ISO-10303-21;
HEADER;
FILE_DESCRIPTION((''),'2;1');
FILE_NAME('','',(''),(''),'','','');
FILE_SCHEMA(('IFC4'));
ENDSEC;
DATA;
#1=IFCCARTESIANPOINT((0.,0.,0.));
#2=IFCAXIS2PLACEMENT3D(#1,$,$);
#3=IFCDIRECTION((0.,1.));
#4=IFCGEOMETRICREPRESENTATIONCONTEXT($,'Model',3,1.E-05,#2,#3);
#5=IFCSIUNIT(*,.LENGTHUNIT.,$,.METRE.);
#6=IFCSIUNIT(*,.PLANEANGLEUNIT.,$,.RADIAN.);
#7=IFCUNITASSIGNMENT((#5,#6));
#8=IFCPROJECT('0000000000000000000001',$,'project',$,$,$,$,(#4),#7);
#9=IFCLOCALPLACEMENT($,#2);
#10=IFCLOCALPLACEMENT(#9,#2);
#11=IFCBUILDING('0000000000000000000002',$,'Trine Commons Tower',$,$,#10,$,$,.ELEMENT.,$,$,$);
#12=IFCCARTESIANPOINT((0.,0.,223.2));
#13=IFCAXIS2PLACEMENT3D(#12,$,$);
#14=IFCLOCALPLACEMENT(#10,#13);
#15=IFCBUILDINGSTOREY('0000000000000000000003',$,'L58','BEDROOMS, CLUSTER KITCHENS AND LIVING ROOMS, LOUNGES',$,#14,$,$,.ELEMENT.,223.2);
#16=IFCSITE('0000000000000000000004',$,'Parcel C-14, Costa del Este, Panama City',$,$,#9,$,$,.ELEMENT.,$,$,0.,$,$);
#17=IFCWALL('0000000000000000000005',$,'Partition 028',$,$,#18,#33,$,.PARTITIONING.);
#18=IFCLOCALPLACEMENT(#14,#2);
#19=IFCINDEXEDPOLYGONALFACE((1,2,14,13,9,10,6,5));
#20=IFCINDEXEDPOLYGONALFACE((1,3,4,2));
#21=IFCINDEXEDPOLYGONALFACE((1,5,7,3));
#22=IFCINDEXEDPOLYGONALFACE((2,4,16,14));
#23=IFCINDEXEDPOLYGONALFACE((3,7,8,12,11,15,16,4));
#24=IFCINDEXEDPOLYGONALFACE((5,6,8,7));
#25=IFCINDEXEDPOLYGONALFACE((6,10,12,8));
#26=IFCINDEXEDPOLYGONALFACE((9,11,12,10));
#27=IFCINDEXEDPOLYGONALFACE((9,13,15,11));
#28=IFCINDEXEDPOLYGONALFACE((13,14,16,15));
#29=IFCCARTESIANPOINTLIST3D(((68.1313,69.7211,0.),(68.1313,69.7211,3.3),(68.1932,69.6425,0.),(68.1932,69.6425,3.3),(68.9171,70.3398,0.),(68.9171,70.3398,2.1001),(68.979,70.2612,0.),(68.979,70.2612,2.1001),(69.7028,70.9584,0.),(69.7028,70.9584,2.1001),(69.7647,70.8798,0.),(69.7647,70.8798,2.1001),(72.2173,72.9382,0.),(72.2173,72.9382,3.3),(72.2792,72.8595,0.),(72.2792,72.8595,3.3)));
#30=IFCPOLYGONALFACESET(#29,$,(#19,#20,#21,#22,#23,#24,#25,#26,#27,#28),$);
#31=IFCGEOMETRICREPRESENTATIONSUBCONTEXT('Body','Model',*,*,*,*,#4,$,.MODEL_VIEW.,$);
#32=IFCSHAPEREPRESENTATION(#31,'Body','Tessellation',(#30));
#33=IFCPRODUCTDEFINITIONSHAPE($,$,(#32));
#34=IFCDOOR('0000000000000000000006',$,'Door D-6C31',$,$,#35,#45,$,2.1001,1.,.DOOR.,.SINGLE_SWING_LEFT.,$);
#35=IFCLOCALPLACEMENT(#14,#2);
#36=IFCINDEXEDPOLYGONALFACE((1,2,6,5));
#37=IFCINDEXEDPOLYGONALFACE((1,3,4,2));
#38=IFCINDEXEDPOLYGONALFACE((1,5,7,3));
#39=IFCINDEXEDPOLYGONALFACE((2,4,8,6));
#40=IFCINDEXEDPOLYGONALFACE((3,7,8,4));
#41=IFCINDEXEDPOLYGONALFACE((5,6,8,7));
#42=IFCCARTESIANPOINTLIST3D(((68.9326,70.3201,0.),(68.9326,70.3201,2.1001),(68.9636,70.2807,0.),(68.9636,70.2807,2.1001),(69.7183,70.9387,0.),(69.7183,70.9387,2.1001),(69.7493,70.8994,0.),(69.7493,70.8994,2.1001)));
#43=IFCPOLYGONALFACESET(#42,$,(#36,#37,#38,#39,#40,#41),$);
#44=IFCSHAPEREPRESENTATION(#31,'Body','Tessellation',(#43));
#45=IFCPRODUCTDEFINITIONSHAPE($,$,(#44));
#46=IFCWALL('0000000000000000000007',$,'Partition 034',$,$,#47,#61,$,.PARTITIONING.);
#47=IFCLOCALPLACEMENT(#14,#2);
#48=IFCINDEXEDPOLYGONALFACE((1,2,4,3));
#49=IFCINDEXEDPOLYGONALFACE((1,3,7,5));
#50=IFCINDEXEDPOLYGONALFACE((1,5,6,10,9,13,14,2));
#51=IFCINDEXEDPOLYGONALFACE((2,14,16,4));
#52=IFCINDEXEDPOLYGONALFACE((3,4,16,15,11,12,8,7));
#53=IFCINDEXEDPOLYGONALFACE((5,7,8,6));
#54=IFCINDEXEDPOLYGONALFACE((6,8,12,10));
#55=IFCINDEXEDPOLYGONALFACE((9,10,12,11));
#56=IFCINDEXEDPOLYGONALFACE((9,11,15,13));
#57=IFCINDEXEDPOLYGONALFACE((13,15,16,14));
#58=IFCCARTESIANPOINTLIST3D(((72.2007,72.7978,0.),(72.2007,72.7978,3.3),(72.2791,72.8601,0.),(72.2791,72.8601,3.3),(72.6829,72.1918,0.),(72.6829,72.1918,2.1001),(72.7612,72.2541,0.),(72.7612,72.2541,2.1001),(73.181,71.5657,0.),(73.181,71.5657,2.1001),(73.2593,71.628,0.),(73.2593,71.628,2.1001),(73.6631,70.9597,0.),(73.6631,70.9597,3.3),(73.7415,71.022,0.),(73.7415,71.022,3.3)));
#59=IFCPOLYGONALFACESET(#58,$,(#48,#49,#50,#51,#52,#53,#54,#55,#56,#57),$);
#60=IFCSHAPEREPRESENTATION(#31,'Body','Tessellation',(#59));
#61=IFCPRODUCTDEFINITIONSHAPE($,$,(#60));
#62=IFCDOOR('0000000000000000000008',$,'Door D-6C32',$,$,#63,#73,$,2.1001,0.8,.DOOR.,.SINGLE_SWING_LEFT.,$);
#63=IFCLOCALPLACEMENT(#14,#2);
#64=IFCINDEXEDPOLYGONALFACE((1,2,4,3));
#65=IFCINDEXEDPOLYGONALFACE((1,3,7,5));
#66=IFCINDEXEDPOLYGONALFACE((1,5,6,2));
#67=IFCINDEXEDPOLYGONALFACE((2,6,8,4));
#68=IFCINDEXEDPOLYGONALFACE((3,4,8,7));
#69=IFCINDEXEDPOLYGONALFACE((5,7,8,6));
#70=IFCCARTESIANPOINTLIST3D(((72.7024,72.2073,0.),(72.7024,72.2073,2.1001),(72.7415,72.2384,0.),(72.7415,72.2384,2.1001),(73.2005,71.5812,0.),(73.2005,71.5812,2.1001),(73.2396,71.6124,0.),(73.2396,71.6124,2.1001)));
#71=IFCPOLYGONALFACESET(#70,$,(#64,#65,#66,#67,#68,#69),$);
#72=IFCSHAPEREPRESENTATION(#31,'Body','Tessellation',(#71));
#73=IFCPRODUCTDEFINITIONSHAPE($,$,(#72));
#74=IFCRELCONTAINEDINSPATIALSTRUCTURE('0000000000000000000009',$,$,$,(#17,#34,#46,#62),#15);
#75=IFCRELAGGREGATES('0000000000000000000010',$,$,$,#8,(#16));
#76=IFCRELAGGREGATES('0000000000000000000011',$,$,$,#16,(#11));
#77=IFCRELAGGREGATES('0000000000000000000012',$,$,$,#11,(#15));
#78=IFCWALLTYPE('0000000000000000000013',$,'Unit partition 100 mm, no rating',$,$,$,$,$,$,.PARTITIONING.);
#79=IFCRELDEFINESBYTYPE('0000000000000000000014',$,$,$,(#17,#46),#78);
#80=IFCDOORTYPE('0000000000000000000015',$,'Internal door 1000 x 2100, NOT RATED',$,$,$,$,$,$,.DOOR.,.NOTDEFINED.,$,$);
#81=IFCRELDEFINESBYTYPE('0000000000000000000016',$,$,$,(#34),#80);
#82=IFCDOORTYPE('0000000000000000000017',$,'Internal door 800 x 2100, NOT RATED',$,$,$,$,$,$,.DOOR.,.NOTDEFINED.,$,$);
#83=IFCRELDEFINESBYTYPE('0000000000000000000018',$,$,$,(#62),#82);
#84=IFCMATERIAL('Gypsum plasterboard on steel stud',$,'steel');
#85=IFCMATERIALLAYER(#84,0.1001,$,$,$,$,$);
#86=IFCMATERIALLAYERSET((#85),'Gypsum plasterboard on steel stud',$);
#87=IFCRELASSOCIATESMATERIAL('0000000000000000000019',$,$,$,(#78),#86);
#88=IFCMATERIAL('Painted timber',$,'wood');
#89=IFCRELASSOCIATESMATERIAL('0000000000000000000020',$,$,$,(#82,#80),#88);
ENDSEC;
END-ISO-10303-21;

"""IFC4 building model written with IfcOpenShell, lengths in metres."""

from ifc_helpers import new_model, si_unit, direction, frame, frame_2d, origin, place, context, subcontext, project, spatial, rectangle, extrude, material, layer, layer_set, type_object, element, fill, save


model = new_model("IFC4")

# Units and contexts
model_context = context("Model", 3, precision=1e-05, world=origin(), true_north=direction((0.0, 1.0)))
body_context = subcontext(model_context, "Body", "Model", "MODEL_VIEW")
ifc_project = project(units=[si_unit("LENGTHUNIT", "METRE"), si_unit("PLANEANGLEUNIT", "RADIAN")], contexts=[model_context])

# Site, building, storey
site_placement = place(None, origin())
site = spatial("IfcSite", under=ifc_project, at=site_placement, Name="Parcel C-14, Costa del Este, Panama City", CompositionType="ELEMENT", RefElevation=0.0)
building_placement = place(site_placement, origin())
building = spatial("IfcBuilding", under=site, at=building_placement, Name="Trine Commons Tower", CompositionType="ELEMENT")
storey_placement = place(building_placement, frame((0.0, 0.0, 223.2)))
storey = spatial("IfcBuildingStorey", under=building, at=storey_placement, Name="L58", Description="BEDROOMS, CLUSTER KITCHENS AND LIVING ROOMS, LOUNGES", CompositionType="ELEMENT", Elevation=223.2)

# Shared definitions
ifc_material_1 = material(Name="Gypsum plasterboard on steel stud", Category="steel")

# Shared definitions
ifc_layer_1 = layer(ifc_material_1, 0.1001)
ifc_layer_set_1 = layer_set([ifc_layer_1], Name="Gypsum plasterboard on steel stud")
wall_type_1 = type_object("IfcWallType", Name="Unit partition 100 mm, no rating", PredefinedType="PARTITIONING", material=ifc_layer_set_1)
ifc_material_2 = material(Name="Painted timber", Category="wood")
door_type_1 = type_object("IfcDoorType", Name="Internal door 800 x 2100, NOT RATED", OperationType="NOTDEFINED", PredefinedType="DOOR", material=ifc_material_2)

# Walls, openings, doors
wall_1_placement = place(storey_placement, frame((68.1624, 69.6819, 0.0), z_axis=(0.0, 0.0, 1.0), x_axis=(0.785696, 0.618613, 0.0)))
wall_1 = element("IfcWall", 1, at=wall_1_placement, inside=storey, type_object=wall_type_1, Name="Partition 028", PredefinedType="PARTITIONING", context=body_context, shape_type="SweptSolid", body=[
    extrude(rectangle(XDim=5.2004, YDim=0.1001, at=frame_2d((2.6001, 0.0))), origin(), (0.0, 0.0, 1.0), 3.3),
])
opening_1_placement = place(wall_1_placement, frame((1.0, 0.0, 0.0)))
opening_1 = element("IfcOpeningElement", 2, at=opening_1_placement, cuts=wall_1, PredefinedType="OPENING", context=body_context, shape_type="SweptSolid", body=[
    extrude(rectangle(XDim=1.0, YDim=2.1001, at=frame_2d((0.5, 1.05))), frame((0.0, 0.0601, 0.0), z_axis=(0.0, -1.0, 0.0), x_axis=(1.0, 0.0, 0.0)), (0.0, 0.0, 1.0), 0.1201),
])
door_type_2 = type_object("IfcDoorType", Name="Internal door 1000 x 2100, NOT RATED", OperationType="NOTDEFINED", PredefinedType="DOOR", material=ifc_material_2)
door_1_placement = place(opening_1_placement, origin())
door_1 = element("IfcDoor", 3, at=door_1_placement, inside=storey, type_object=door_type_2, Name="Door D-6C31", OperationType="SINGLE_SWING_LEFT", OverallHeight=2.1001, OverallWidth=1.0, PredefinedType="DOOR", context=body_context, shape_type="SweptSolid", body=[
    extrude(rectangle(XDim=1.0, YDim=2.1001, at=frame_2d((0.5, 1.05))), frame((0.0, 0.0249, 0.0), z_axis=(0.0, -1.0, 0.0), x_axis=(1.0, 0.0, 0.0)), (0.0, 0.0, 1.0), 0.05),
])
fill(opening_1, door_1)
wall_2_placement = place(storey_placement, frame((72.24, 72.8289, 0.0), z_axis=(0.0, 0.0, 1.0), x_axis=(0.622589, -0.782549, 0.0)))
wall_2 = element("IfcWall", 4, at=wall_2_placement, inside=storey, type_object=wall_type_1, Name="Partition 034", PredefinedType="PARTITIONING", context=body_context, shape_type="SweptSolid", body=[
    extrude(rectangle(XDim=2.3489, YDim=0.1001, at=frame_2d((1.1743, 0.0))), origin(), (0.0, 0.0, 1.0), 3.3),
])
opening_2_placement = place(wall_2_placement, frame((0.7744, 0.0, 0.0)))
opening_2 = element("IfcOpeningElement", 5, at=opening_2_placement, cuts=wall_2, PredefinedType="OPENING", context=body_context, shape_type="SweptSolid", body=[
    extrude(rectangle(XDim=0.8, YDim=2.1001, at=frame_2d((0.3999, 1.05))), frame((0.0, 0.0601, 0.0), z_axis=(0.0, -1.0, 0.0), x_axis=(1.0, 0.0, 0.0)), (0.0, 0.0, 1.0), 0.1201),
])
door_2_placement = place(opening_2_placement, origin())
door_2 = element("IfcDoor", 6, at=door_2_placement, inside=storey, type_object=door_type_1, Name="Door D-6C32", OperationType="SINGLE_SWING_LEFT", OverallHeight=2.1001, OverallWidth=0.8, PredefinedType="DOOR", context=body_context, shape_type="SweptSolid", body=[
    extrude(rectangle(XDim=0.8, YDim=2.1001, at=frame_2d((0.3999, 1.05))), frame((0.0, 0.0249, 0.0), z_axis=(0.0, -1.0, 0.0), x_axis=(1.0, 0.0, 0.0)), (0.0, 0.0, 1.0), 0.05),
])
fill(opening_2, door_2)

save(model, "model.ifc")
